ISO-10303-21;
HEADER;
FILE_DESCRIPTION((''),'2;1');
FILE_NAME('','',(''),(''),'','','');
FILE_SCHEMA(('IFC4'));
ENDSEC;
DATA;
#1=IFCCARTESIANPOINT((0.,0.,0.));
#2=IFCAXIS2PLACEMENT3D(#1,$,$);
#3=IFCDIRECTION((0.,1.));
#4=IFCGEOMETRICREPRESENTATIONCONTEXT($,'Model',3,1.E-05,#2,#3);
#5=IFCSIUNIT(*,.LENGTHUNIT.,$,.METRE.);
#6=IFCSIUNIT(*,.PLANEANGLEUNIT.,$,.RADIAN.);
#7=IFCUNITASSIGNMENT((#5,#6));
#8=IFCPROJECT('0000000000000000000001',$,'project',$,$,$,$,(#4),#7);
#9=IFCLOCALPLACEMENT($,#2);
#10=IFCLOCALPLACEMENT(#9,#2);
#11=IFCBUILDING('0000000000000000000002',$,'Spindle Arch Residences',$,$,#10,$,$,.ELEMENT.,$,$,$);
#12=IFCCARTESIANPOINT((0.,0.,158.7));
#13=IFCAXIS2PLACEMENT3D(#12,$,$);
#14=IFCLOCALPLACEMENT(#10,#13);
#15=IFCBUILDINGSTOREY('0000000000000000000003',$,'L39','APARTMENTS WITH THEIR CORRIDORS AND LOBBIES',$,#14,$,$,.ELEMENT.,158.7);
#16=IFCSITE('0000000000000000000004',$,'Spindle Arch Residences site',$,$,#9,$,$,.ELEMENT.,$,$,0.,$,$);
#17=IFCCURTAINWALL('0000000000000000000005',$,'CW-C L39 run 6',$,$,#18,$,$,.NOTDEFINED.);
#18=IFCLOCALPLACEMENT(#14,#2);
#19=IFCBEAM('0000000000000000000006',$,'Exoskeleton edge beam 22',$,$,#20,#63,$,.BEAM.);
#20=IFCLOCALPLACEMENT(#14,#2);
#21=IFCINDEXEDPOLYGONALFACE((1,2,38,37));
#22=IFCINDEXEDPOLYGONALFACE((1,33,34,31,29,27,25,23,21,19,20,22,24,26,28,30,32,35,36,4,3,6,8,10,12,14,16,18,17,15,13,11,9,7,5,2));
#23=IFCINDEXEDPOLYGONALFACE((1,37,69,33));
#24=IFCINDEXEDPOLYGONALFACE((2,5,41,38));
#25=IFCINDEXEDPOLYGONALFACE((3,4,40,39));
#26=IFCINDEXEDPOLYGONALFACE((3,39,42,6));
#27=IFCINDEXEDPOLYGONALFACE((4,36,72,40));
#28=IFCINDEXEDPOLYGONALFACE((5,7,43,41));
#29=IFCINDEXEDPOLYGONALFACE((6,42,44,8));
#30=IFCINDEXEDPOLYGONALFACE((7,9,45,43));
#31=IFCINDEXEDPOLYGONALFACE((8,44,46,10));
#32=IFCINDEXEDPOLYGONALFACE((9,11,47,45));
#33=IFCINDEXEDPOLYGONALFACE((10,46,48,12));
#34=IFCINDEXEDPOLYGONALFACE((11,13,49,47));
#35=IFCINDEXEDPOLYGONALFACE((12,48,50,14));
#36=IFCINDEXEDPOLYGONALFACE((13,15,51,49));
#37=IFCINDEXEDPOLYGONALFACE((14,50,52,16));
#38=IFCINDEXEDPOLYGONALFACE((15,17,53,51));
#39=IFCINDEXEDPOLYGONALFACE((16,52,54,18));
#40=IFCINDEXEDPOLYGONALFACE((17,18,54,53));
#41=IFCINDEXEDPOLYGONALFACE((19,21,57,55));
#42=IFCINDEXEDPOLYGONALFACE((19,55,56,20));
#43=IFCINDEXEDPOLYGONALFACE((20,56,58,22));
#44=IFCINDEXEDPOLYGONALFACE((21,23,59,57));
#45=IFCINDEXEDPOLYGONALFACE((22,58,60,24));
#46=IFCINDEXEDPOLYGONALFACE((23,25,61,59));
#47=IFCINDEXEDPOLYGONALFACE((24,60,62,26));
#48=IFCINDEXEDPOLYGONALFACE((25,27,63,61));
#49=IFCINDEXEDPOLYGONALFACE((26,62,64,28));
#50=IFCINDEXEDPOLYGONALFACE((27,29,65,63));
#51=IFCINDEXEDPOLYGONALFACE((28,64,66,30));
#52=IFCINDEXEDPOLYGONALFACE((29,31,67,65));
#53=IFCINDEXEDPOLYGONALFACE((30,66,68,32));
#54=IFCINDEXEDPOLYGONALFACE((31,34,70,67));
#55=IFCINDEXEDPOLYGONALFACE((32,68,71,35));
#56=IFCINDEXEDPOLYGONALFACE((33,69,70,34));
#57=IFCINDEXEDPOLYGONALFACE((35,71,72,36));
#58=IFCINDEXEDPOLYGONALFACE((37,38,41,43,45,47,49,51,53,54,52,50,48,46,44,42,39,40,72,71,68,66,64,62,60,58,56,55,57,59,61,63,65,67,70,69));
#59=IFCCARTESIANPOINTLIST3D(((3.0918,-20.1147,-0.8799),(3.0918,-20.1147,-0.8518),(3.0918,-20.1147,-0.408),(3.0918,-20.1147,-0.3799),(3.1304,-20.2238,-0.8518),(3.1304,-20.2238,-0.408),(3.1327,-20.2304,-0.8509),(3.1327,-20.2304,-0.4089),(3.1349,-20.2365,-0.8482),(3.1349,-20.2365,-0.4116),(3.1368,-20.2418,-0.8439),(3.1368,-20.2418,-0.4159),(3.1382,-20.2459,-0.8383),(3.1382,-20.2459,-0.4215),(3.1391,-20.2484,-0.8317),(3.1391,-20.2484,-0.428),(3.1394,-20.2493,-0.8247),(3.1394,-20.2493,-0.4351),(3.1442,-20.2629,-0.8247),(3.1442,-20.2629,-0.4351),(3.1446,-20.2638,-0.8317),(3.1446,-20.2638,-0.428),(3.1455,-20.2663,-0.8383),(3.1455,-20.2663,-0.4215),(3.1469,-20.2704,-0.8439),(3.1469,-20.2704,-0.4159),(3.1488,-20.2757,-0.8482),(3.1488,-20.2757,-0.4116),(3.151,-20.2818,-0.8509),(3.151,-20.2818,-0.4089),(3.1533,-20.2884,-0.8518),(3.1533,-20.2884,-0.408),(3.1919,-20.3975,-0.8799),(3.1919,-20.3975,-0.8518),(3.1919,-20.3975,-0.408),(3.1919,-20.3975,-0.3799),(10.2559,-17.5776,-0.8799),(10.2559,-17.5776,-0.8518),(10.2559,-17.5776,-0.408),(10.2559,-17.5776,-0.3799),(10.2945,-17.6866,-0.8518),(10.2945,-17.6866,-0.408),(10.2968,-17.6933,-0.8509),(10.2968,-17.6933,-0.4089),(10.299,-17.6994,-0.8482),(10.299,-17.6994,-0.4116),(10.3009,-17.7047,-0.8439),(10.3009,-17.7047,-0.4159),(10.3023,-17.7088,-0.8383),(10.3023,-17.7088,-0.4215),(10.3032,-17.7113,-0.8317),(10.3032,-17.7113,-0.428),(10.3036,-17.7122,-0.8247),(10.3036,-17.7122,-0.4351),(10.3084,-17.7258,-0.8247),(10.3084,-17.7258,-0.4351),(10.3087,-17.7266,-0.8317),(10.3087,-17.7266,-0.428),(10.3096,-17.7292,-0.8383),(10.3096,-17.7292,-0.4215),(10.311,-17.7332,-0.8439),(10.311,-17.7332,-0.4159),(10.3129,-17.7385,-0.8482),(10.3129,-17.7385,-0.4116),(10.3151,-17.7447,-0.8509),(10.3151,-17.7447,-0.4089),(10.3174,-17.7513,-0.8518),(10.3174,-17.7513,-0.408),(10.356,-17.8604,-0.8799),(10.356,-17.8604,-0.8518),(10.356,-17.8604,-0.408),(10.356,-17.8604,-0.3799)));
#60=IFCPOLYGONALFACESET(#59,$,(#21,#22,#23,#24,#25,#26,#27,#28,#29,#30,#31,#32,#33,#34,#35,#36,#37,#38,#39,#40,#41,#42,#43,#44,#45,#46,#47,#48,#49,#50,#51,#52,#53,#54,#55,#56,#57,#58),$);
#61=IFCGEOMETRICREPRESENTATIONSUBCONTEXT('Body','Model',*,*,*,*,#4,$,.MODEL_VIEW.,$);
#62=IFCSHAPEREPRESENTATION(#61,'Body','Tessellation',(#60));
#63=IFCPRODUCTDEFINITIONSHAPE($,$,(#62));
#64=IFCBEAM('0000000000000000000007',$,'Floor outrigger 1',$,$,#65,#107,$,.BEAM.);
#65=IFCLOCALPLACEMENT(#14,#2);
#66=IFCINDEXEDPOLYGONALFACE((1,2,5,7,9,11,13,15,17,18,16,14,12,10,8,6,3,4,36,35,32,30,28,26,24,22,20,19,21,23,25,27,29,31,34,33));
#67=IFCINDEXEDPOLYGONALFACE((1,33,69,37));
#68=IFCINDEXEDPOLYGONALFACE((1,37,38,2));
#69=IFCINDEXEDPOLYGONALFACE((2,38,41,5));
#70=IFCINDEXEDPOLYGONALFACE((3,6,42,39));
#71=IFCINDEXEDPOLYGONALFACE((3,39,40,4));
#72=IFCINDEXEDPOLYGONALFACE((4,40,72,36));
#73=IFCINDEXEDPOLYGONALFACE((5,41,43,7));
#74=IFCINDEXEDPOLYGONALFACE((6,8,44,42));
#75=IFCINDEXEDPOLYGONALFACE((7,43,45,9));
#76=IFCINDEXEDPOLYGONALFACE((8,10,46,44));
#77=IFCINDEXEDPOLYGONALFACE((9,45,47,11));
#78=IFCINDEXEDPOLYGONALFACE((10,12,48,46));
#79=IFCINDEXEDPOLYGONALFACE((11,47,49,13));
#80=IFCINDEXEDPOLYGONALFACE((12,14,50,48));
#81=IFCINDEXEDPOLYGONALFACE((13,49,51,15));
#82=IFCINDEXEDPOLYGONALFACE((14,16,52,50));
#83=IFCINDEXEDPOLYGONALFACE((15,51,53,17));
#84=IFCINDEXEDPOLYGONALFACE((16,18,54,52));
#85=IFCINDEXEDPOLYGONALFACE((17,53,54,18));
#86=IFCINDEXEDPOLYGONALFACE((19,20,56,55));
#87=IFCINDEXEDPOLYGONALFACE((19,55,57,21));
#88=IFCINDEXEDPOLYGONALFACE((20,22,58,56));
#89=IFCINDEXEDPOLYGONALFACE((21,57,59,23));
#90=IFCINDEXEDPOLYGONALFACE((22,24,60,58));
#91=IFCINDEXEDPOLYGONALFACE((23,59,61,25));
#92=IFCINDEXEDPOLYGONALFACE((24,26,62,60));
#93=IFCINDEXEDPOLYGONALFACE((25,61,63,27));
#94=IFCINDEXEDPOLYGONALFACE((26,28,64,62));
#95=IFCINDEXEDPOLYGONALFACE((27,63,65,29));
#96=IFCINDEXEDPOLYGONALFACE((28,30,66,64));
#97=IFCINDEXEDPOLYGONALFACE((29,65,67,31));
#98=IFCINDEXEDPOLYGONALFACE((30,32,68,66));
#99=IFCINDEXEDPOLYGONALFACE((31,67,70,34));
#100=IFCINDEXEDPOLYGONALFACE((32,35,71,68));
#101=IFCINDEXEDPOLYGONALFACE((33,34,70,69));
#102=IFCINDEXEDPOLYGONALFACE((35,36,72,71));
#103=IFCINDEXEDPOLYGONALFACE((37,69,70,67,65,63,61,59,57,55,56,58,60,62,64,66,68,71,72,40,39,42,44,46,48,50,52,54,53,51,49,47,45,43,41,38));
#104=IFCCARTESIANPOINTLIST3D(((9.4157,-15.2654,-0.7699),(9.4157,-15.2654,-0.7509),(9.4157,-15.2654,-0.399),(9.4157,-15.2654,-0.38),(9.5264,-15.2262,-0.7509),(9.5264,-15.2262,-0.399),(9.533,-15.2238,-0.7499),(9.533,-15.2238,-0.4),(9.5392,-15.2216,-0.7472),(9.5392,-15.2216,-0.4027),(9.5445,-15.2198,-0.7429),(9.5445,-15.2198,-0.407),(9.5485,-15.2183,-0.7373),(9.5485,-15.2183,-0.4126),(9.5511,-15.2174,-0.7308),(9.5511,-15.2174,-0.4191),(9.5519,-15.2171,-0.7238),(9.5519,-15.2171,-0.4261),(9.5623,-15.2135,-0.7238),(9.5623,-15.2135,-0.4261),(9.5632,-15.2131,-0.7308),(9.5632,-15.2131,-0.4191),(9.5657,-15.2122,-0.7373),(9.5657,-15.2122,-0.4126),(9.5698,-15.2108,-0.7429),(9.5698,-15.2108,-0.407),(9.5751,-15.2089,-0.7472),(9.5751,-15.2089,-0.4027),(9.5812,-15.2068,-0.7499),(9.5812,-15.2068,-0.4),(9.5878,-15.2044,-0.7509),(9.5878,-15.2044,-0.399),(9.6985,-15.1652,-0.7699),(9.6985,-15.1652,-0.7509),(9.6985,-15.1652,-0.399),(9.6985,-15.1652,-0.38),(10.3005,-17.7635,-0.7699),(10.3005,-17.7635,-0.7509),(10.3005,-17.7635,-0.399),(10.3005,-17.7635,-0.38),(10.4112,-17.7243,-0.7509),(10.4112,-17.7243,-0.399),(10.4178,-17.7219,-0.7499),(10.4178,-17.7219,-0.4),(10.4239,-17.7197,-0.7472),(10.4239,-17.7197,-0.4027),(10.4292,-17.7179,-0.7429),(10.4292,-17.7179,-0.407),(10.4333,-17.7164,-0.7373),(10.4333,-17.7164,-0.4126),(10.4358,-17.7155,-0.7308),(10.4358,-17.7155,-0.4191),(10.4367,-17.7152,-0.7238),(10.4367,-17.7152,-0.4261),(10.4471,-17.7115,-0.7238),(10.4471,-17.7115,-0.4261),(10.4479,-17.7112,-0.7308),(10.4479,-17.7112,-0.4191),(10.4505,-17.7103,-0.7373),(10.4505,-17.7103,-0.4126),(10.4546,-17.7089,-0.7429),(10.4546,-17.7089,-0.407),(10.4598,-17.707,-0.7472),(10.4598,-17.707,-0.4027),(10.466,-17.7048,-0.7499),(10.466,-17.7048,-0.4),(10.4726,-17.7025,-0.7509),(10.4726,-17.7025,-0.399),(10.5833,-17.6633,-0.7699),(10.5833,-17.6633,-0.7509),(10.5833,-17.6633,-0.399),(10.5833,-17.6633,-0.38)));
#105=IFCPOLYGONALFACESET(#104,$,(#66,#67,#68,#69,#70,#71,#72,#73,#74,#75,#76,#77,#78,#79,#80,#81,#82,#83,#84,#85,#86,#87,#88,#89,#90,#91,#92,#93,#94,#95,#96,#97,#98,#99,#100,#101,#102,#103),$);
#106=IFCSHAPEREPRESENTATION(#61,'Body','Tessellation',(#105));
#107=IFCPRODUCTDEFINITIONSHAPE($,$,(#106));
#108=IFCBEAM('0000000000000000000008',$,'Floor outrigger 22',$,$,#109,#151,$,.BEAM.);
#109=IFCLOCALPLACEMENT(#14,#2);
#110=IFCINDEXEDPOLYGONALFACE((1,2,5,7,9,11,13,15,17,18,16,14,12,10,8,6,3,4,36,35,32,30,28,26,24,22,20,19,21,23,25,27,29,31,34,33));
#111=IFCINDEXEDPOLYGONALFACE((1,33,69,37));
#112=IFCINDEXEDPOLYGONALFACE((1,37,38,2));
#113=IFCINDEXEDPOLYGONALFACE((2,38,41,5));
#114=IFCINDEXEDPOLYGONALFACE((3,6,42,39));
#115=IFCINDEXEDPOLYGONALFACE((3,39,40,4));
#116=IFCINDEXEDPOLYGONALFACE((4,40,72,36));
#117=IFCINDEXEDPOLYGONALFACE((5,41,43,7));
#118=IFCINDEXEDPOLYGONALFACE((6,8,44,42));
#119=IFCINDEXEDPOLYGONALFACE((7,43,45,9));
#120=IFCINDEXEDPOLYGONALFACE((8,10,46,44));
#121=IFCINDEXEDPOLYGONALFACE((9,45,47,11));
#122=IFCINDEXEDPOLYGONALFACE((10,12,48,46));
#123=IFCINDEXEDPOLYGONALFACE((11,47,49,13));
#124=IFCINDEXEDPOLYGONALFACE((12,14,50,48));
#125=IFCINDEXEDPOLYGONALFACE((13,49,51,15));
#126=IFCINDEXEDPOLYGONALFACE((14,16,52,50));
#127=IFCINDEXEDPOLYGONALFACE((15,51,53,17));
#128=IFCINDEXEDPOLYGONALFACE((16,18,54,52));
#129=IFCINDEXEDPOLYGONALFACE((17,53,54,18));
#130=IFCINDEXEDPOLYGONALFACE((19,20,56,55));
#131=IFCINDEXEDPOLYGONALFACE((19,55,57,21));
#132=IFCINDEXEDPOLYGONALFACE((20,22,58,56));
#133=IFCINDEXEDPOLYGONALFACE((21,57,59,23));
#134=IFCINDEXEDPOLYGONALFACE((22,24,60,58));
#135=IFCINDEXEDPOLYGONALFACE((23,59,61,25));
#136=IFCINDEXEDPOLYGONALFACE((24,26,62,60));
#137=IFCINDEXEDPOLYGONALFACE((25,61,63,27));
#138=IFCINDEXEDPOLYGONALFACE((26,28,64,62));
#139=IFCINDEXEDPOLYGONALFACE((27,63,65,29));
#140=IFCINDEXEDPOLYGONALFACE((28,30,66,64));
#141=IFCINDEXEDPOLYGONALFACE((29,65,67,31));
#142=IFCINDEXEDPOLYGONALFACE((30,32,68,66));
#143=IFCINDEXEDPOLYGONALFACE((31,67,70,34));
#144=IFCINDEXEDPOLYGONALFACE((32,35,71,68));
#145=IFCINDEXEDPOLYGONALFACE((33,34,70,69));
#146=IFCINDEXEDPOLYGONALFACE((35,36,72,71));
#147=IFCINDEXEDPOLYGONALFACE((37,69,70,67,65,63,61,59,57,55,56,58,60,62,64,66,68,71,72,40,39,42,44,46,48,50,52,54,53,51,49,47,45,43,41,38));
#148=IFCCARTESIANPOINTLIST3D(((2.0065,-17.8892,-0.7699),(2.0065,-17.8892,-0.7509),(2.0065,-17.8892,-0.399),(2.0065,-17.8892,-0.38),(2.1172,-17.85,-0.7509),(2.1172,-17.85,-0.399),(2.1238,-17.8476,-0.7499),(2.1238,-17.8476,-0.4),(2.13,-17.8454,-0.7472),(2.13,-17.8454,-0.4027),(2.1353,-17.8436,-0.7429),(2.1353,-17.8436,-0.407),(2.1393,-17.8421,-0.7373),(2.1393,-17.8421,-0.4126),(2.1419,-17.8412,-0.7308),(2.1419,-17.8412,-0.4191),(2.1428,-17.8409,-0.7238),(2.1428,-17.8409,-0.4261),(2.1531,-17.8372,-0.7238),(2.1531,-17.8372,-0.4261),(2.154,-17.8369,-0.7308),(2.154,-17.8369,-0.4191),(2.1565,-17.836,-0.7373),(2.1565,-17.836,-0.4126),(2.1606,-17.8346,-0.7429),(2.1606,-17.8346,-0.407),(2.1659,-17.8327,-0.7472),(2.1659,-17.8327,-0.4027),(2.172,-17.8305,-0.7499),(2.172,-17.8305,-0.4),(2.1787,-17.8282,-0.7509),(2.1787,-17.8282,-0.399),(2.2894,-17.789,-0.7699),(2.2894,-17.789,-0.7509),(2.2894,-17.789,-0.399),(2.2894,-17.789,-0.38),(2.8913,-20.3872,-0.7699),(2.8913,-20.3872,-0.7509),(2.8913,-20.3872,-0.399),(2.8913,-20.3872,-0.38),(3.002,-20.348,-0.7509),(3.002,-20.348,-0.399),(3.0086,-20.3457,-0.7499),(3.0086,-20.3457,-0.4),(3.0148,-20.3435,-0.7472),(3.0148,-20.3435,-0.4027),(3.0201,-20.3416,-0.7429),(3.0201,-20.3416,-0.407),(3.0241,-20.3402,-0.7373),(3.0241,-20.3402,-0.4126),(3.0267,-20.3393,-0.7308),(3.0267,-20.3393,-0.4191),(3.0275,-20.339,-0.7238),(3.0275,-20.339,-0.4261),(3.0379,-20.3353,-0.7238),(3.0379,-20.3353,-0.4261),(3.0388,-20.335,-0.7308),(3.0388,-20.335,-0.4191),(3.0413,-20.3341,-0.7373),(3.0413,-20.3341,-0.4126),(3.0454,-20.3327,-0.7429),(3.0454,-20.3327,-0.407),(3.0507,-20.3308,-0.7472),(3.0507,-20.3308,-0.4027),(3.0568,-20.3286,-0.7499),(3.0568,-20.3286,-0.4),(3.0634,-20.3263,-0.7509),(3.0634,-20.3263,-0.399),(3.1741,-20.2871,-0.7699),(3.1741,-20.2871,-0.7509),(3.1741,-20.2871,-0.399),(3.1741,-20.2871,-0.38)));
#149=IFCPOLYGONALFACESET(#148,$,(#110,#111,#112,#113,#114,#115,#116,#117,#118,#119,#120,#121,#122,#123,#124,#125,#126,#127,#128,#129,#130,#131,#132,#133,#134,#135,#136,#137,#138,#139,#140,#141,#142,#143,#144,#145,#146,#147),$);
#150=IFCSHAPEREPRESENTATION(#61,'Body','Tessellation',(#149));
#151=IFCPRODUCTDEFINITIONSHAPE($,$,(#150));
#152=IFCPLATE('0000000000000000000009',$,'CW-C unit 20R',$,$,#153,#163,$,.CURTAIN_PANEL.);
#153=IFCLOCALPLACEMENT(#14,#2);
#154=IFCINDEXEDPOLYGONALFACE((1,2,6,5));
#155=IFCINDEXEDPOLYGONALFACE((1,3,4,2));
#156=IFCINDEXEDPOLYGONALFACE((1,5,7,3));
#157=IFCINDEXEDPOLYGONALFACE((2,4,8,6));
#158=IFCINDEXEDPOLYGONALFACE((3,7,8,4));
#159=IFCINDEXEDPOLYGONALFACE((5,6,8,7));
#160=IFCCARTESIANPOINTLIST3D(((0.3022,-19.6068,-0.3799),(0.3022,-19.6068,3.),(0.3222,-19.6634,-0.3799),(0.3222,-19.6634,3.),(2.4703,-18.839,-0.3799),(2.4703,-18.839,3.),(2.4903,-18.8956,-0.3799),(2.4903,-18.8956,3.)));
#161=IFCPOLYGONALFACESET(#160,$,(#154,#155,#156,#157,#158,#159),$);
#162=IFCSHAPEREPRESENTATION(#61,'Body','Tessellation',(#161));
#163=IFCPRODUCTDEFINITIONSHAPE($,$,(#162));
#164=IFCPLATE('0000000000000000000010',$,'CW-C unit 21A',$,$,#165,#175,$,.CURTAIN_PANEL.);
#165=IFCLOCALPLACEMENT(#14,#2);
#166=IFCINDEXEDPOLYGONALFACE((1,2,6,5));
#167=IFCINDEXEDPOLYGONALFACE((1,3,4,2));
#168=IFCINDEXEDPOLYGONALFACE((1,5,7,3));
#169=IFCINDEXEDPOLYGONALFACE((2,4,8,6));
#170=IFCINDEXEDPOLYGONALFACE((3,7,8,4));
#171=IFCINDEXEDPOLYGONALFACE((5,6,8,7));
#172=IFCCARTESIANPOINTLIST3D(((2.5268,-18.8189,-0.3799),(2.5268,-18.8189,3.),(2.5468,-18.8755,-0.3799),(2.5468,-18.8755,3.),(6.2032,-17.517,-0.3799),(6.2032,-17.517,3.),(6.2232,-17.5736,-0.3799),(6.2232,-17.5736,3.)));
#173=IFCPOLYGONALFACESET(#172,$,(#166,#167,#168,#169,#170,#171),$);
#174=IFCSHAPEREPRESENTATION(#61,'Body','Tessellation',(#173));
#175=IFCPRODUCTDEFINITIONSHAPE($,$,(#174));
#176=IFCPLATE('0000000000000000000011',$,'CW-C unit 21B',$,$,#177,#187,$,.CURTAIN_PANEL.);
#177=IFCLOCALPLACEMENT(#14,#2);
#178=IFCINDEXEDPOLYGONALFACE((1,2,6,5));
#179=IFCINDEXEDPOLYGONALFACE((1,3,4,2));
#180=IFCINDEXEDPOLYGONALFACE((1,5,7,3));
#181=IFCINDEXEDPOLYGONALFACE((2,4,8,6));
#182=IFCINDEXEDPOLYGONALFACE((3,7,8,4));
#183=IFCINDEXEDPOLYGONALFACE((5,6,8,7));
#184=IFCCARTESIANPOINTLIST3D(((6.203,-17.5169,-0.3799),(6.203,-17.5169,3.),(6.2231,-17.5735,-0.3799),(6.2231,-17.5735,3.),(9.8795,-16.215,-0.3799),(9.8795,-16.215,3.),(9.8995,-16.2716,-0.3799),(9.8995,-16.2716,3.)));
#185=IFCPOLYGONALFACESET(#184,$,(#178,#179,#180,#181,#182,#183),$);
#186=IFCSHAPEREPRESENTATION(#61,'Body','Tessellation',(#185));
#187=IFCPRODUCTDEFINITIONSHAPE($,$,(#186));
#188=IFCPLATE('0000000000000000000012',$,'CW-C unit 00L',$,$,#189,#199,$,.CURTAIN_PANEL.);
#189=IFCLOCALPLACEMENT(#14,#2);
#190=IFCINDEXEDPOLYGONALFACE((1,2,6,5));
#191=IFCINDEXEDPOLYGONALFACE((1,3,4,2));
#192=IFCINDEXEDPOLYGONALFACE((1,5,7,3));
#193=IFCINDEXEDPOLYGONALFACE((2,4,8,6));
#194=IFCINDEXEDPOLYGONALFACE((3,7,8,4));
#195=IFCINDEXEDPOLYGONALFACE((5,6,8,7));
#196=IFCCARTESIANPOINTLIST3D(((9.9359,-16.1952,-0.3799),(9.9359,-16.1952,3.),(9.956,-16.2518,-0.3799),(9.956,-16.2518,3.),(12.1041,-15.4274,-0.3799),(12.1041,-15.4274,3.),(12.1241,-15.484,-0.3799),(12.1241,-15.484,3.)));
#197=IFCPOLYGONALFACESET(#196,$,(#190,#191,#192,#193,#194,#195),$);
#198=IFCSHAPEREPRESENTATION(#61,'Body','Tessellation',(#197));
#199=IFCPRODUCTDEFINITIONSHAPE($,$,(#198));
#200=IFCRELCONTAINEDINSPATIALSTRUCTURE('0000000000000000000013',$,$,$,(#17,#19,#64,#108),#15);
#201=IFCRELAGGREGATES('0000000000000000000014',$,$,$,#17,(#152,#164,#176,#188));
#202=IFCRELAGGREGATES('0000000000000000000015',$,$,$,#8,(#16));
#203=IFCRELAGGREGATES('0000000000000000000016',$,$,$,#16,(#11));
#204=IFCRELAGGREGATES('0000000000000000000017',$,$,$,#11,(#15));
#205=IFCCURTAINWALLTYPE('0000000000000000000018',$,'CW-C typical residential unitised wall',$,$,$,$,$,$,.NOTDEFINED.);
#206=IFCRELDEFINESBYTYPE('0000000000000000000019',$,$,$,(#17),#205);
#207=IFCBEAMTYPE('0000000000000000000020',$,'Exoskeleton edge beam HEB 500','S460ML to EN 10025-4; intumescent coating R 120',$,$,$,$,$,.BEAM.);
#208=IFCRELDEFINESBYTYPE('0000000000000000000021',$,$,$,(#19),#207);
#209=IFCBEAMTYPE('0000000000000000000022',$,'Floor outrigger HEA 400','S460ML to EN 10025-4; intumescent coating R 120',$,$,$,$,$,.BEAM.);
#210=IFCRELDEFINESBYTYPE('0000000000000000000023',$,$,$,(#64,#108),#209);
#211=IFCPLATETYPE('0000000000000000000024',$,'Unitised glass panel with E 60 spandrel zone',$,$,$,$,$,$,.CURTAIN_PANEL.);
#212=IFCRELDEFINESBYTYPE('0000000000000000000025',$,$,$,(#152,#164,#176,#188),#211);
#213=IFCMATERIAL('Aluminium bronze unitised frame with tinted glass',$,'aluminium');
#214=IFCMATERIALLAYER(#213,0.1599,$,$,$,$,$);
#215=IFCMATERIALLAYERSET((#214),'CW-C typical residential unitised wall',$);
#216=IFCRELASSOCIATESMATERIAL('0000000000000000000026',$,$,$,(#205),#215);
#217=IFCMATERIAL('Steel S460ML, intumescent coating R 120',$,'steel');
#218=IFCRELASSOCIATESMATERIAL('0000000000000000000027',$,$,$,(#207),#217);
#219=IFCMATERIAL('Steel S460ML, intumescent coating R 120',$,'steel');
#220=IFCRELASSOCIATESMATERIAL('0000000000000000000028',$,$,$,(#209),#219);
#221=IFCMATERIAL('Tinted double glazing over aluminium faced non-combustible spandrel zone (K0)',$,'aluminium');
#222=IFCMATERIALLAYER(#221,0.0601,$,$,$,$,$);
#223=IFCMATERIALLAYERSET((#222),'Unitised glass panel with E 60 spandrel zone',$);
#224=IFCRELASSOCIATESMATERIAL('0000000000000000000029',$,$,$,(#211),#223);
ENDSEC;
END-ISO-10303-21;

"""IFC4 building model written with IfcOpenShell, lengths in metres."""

from ifc_helpers import new_model, si_unit, direction, frame, origin, origin_2d, place, context, subcontext, project, spatial, rectangle, i_section, extrude, material, layer, layer_set, material_profile, profile_set, type_object, element, aggregate, save


model = new_model("IFC4")

# Units and contexts
model_context = context("Model", 3, precision=1e-05, world=origin(), true_north=direction((0.0, 1.0)))
body_context = subcontext(model_context, "Body", "Model", "MODEL_VIEW")
ifc_project = project(units=[si_unit("LENGTHUNIT", "METRE"), si_unit("PLANEANGLEUNIT", "RADIAN")], contexts=[model_context])

# Site, building, storey
site_placement = place(None, origin())
site = spatial("IfcSite", under=ifc_project, at=site_placement, Name="Spindle Arch Residences site", CompositionType="ELEMENT", RefElevation=0.0)
building_placement = place(site_placement, origin())
building = spatial("IfcBuilding", under=site, at=building_placement, Name="Spindle Arch Residences", CompositionType="ELEMENT")
storey_placement = place(building_placement, frame((0.0, 0.0, 158.7)))
storey = spatial("IfcBuildingStorey", under=building, at=storey_placement, Name="L39", Description="APARTMENTS WITH THEIR CORRIDORS AND LOBBIES", CompositionType="ELEMENT", Elevation=158.7)

# Curtain wall
ifc_material_1 = material(Name="Aluminium bronze unitised frame with tinted glass", Category="aluminium")
ifc_layer_1 = layer(ifc_material_1, 0.1599)
ifc_layer_set_1 = layer_set([ifc_layer_1], Name="CW-C typical residential unitised wall")
curtain_wall_type = type_object("IfcCurtainWallType", Name="CW-C typical residential unitised wall", PredefinedType="NOTDEFINED", material=ifc_layer_set_1)
curtain_wall_placement = place(storey_placement, origin())
curtain_wall = element("IfcCurtainWall", 1, at=curtain_wall_placement, inside=storey, type_object=curtain_wall_type, Name="CW-C L39 run 6", PredefinedType="NOTDEFINED")

# Beams
ifc_material_2 = material(Name="Steel S460ML, intumescent coating R 120", Category="steel")
ifc_material_profile_1 = material_profile(ifc_material_2, i_section(OverallWidth=0.3, OverallDepth=0.5, WebThickness=0.0144, FlangeThickness=0.0281, FilletRadius=0.0271, at=origin_2d()), Name="HEB 500")
ifc_profile_set_1 = profile_set([ifc_material_profile_1], Name="Steel S460ML, intumescent coating R 120")
beam_type_1 = type_object("IfcBeamType", Name="Exoskeleton edge beam HEB 500", Description="S460ML to EN 10025-4; intumescent coating R 120", PredefinedType="BEAM", material=ifc_profile_set_1)
for number, where, z_axis, x_axis, name in (
    (2, (3.1418, -20.2561, -0.6299), (0.942634, 0.333828, 0.0), (-0.333828, 0.942634, 0.0), "Exoskeleton edge beam 22"),
):
    element("IfcBeam", number, at=place(storey_placement, frame(where, z_axis=z_axis, x_axis=x_axis)), inside=storey, type_object=beam_type_1, Name=name, PredefinedType="BEAM", context=body_context, shape_type="SweptSolid", body=[
        extrude(i_section(OverallWidth=0.3, OverallDepth=0.5, WebThickness=0.0144, FlangeThickness=0.0281, FilletRadius=0.0271, at=origin_2d()), origin(), (0.0, 0.0, 1.0), 7.6001),
    ])
ifc_material_3 = material(Name="Steel S460ML, intumescent coating R 120", Category="steel")
ifc_material_profile_2 = material_profile(ifc_material_3, i_section(OverallWidth=0.3, OverallDepth=0.3899, WebThickness=0.011, FlangeThickness=0.019, FilletRadius=0.0271, at=origin_2d()), Name="HEA 400")
ifc_profile_set_2 = profile_set([ifc_material_profile_2], Name="Steel S460ML, intumescent coating R 120")
beam_type_2 = type_object("IfcBeamType", Name="Floor outrigger HEA 400", Description="S460ML to EN 10025-4; intumescent coating R 120", PredefinedType="BEAM", material=ifc_profile_set_2)
for number, where, z_axis, x_axis, name in (
    (3, (10.4419, -17.7134, -0.575), (-0.333861, 0.942622, 0.0), (-0.942622, -0.333861, 0.0), "Floor outrigger 1"),
    (4, (3.0327, -20.3372, -0.575), (-0.333861, 0.942622, 0.0), (-0.942622, -0.333861, 0.0), "Floor outrigger 22"),
):
    element("IfcBeam", number, at=place(storey_placement, frame(where, z_axis=z_axis, x_axis=x_axis)), inside=storey, type_object=beam_type_2, Name=name, PredefinedType="BEAM", context=body_context, shape_type="SweptSolid", body=[
        extrude(i_section(OverallWidth=0.3, OverallDepth=0.3899, WebThickness=0.011, FlangeThickness=0.019, FilletRadius=0.0271, at=origin_2d()), origin(), (0.0, 0.0, 1.0), 2.6501),
    ])

# Plates
ifc_material_4 = material(Name="Tinted double glazing over aluminium faced non-combustible spandrel zone (K0)", Category="aluminium")
ifc_layer_2 = layer(ifc_material_4, 0.0601)
ifc_layer_set_2 = layer_set([ifc_layer_2], Name="Unitised glass panel with E 60 spandrel zone")
plate_type = type_object("IfcPlateType", Name="Unitised glass panel with E 60 spandrel zone", PredefinedType="CURTAIN_PANEL", material=ifc_layer_set_2)
plate_1_placement = place(storey_placement, frame((1.3962, -19.2512, -0.3799), z_axis=(0.0, 0.0, 1.0), x_axis=(0.942641, 0.333807, 0.0)))
plate_1 = element("IfcPlate", 5, at=plate_1_placement, type_object=plate_type, Name="CW-C unit 20R", PredefinedType="CURTAIN_PANEL", context=body_context, shape_type="SweptSolid", body=[
    extrude(rectangle(XDim=2.3, YDim=0.0601, at=origin_2d()), origin(), (0.0, 0.0, 1.0), 3.3799),
])
plate_2_placement = place(storey_placement, frame((4.375, -18.1963, -0.3799), z_axis=(0.0, 0.0, 1.0), x_axis=(0.942641, 0.333807, 0.0)))
plate_2 = element("IfcPlate", 6, at=plate_2_placement, type_object=plate_type, Name="CW-C unit 21A", PredefinedType="CURTAIN_PANEL", context=body_context, shape_type="SweptSolid", body=[
    extrude(rectangle(XDim=3.9001, YDim=0.0601, at=origin_2d()), origin(), (0.0, 0.0, 1.0), 3.3799),
])
plate_3_placement = place(storey_placement, frame((8.0513, -16.8943, -0.3799), z_axis=(0.0, 0.0, 1.0), x_axis=(0.942641, 0.333807, 0.0)))
plate_3 = element("IfcPlate", 7, at=plate_3_placement, type_object=plate_type, Name="CW-C unit 21B", PredefinedType="CURTAIN_PANEL", context=body_context, shape_type="SweptSolid", body=[
    extrude(rectangle(XDim=3.9001, YDim=0.0601, at=origin_2d()), origin(), (0.0, 0.0, 1.0), 3.3799),
])
plate_4_placement = place(storey_placement, frame((11.03, -15.8396, -0.3799), z_axis=(0.0, 0.0, 1.0), x_axis=(0.942641, 0.333807, 0.0)))
plate_4 = element("IfcPlate", 8, at=plate_4_placement, type_object=plate_type, Name="CW-C unit 00L", PredefinedType="CURTAIN_PANEL", context=body_context, shape_type="SweptSolid", body=[
    extrude(rectangle(XDim=2.3, YDim=0.0601, at=origin_2d()), origin(), (0.0, 0.0, 1.0), 3.3799),
])
aggregate(curtain_wall, [plate_1, plate_2, plate_3, plate_4])

save(model, "model.ifc")
